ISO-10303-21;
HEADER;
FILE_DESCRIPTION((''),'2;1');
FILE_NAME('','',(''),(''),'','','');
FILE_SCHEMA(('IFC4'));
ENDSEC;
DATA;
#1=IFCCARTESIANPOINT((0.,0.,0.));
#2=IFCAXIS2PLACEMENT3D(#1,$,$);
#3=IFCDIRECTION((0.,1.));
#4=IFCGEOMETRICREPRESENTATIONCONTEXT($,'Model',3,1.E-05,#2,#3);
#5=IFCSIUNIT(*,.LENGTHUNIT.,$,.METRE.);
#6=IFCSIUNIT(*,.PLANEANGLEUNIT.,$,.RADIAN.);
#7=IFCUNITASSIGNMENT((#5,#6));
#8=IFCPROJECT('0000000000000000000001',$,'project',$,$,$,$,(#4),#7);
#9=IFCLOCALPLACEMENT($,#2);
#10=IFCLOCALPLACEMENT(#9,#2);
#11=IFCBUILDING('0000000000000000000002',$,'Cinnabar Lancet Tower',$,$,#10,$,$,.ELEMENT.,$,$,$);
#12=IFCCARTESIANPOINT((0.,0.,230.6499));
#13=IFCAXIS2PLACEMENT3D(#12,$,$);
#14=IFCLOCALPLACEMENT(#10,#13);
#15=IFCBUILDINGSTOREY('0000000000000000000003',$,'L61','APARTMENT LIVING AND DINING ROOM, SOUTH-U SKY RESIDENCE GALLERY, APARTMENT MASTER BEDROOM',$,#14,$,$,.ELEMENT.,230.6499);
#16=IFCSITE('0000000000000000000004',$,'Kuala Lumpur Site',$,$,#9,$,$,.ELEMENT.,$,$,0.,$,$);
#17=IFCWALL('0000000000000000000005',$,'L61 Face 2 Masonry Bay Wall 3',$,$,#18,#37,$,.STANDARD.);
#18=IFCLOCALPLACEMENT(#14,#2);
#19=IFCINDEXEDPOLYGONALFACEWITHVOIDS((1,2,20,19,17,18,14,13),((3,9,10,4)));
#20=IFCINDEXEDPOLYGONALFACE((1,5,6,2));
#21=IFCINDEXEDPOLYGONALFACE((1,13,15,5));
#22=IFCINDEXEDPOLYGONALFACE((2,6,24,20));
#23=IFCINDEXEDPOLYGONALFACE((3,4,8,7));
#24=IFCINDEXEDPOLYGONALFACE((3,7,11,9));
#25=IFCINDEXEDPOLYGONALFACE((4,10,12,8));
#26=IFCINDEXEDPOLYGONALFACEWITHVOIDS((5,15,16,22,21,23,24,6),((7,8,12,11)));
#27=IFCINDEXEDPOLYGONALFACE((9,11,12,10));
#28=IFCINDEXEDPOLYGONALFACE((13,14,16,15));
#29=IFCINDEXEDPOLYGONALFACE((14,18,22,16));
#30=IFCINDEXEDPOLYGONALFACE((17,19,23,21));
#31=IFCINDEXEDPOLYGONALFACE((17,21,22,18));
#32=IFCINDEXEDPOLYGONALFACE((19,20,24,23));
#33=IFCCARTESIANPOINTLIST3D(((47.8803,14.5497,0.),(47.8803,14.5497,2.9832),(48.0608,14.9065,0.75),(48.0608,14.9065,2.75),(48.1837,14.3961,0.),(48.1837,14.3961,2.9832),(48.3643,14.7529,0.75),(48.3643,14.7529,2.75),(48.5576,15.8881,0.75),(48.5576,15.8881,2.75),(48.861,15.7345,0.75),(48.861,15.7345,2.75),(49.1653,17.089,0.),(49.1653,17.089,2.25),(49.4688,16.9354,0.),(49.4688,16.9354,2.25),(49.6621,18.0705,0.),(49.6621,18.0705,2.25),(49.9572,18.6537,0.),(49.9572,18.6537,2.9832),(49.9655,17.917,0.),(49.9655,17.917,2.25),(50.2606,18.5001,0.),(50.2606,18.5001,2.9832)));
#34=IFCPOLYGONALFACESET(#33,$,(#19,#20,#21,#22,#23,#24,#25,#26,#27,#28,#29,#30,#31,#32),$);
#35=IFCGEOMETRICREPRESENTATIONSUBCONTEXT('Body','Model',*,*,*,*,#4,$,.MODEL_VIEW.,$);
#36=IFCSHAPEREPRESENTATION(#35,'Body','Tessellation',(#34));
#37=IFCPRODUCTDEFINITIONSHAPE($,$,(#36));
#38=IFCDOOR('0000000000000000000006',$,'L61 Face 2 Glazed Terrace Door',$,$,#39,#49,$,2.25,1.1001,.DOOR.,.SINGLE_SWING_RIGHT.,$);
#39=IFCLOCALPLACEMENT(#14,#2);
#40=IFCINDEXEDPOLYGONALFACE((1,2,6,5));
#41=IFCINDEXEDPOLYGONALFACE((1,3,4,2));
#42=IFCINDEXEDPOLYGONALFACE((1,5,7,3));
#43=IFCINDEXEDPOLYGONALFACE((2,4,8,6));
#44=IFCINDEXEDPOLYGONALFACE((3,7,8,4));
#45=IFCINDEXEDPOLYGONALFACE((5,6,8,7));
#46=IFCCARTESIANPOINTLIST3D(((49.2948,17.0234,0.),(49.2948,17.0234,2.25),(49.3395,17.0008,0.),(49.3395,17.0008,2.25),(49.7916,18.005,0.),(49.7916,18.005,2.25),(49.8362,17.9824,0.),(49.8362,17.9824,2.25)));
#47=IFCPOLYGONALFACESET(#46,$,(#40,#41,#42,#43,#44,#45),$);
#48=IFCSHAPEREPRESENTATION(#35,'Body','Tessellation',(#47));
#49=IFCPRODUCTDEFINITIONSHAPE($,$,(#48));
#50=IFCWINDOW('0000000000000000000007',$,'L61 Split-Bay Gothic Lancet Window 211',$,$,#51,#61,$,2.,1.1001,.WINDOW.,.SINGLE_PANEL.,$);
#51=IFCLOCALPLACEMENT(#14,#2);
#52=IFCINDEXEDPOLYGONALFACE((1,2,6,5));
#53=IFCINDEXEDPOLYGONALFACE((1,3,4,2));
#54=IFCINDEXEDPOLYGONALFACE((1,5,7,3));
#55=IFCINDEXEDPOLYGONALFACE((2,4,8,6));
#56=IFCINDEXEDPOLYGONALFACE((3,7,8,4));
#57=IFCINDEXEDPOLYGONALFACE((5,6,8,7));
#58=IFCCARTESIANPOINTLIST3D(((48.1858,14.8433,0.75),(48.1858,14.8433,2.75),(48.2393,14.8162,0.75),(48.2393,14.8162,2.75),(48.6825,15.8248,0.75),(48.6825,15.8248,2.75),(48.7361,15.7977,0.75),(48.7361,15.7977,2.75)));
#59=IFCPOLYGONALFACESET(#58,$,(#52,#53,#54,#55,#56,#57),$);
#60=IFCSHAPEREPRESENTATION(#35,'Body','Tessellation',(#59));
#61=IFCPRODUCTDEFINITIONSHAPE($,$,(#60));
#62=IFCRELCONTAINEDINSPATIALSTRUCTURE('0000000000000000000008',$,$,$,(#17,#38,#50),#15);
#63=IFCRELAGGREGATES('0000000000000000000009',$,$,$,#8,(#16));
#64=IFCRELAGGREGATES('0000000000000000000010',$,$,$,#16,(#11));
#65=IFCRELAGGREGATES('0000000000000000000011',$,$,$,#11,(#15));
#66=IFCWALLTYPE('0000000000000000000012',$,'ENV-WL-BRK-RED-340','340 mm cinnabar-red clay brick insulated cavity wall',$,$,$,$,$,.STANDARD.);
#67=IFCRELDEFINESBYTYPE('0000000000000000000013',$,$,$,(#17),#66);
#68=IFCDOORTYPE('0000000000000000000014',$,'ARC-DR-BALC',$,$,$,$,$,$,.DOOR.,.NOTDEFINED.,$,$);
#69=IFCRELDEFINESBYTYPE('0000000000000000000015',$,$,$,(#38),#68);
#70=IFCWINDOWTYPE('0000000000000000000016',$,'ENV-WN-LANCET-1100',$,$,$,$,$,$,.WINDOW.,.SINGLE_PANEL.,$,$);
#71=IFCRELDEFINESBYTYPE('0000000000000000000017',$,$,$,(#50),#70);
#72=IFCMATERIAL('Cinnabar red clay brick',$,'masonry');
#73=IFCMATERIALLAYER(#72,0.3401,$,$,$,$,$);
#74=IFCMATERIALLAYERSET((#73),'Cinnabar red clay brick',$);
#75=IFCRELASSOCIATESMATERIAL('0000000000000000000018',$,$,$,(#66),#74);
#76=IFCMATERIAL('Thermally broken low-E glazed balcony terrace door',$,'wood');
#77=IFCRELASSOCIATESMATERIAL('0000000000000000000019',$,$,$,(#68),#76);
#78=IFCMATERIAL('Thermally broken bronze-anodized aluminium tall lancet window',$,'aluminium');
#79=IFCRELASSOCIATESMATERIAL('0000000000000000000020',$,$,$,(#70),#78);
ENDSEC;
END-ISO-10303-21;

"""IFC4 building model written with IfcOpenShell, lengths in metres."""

from ifc_helpers import new_model, si_unit, direction, frame, frame_2d, origin, place, context, subcontext, project, spatial, rectangle, extrude, material, layer, layer_set, type_object, element, fill, save


model = new_model("IFC4")

# Units and contexts
model_context = context("Model", 3, precision=1e-05, world=origin(), true_north=direction((0.0, 1.0)))
body_context = subcontext(model_context, "Body", "Model", "MODEL_VIEW")
ifc_project = project(units=[si_unit("LENGTHUNIT", "METRE"), si_unit("PLANEANGLEUNIT", "RADIAN")], contexts=[model_context])

# Site, building, storey
site_placement = place(None, origin())
site = spatial("IfcSite", under=ifc_project, at=site_placement, Name="Kuala Lumpur Site", CompositionType="ELEMENT", RefElevation=0.0)
building_placement = place(site_placement, origin())
building = spatial("IfcBuilding", under=site, at=building_placement, Name="Cinnabar Lancet Tower", CompositionType="ELEMENT")
storey_placement = place(building_placement, frame((0.0, 0.0, 230.6499)))
storey = spatial("IfcBuildingStorey", under=building, at=storey_placement, Name="L61", Description="APARTMENT LIVING AND DINING ROOM, SOUTH-U SKY RESIDENCE GALLERY, APARTMENT MASTER BEDROOM", CompositionType="ELEMENT", Elevation=230.6499)

# Shared definitions
ifc_material_1 = material(Name="Cinnabar red clay brick", Category="masonry")
ifc_layer_1 = layer(ifc_material_1, 0.3401)
ifc_layer_set_1 = layer_set([ifc_layer_1], Name="Cinnabar red clay brick")
wall_type_1 = type_object("IfcWallType", Name="ENV-WL-BRK-RED-340", Description="340 mm cinnabar-red clay brick insulated cavity wall", PredefinedType="STANDARD", material=ifc_layer_set_1)

# Wall, openings, door, window
wall_1_placement = place(storey_placement, frame((48.032, 14.4729, 0.0), z_axis=(0.0, 0.0, 1.0), x_axis=(0.45154, 0.892251, 0.0)))
wall_1 = element("IfcWall", 1, at=wall_1_placement, inside=storey, type_object=wall_type_1, Name="L61 Face 2 Masonry Bay Wall 3", PredefinedType="STANDARD", context=body_context, shape_type="SweptSolid", body=[
    extrude(rectangle(XDim=4.5996, YDim=0.3401, at=frame_2d((2.2998, 0.0))), origin(), (0.0, 0.0, 1.0), 2.9832),
])
opening_1_placement = place(wall_1_placement, frame((2.8459, 0.0, 0.0)))
opening_1 = element("IfcOpeningElement", 2, at=opening_1_placement, cuts=wall_1, PredefinedType="OPENING", context=body_context, shape_type="SweptSolid", body=[
    extrude(rectangle(XDim=1.1001, YDim=2.25, at=frame_2d((0.55, 1.125))), frame((0.0, 0.1799, 0.0), z_axis=(0.0, -1.0, 0.0), x_axis=(1.0, 0.0, 0.0)), (0.0, 0.0, 1.0), 0.3601),
])
opening_2_placement = place(wall_1_placement, frame((0.3999, 0.0, 0.75)))
opening_2 = element("IfcOpeningElement", 3, at=opening_2_placement, cuts=wall_1, PredefinedType="OPENING", context=body_context, shape_type="SweptSolid", body=[
    extrude(rectangle(XDim=1.1001, YDim=2.0, at=frame_2d((0.55, 1.0))), frame((0.0, 0.1799, 0.0), z_axis=(0.0, -1.0, 0.0), x_axis=(1.0, 0.0, 0.0)), (0.0, 0.0, 1.0), 0.3601),
])
ifc_material_2 = material(Name="Thermally broken low-E glazed balcony terrace door", Category="wood")
door_type_1 = type_object("IfcDoorType", Name="ARC-DR-BALC", OperationType="NOTDEFINED", PredefinedType="DOOR", material=ifc_material_2)
door_1_placement = place(opening_1_placement, origin())
door_1 = element("IfcDoor", 4, at=door_1_placement, inside=storey, type_object=door_type_1, Name="L61 Face 2 Glazed Terrace Door", OperationType="SINGLE_SWING_RIGHT", OverallHeight=2.25, OverallWidth=1.1001, PredefinedType="DOOR", context=body_context, shape_type="SweptSolid", body=[
    extrude(rectangle(XDim=1.1001, YDim=2.25, at=frame_2d((0.55, 1.125))), frame((0.0, 0.0249, 0.0), z_axis=(0.0, -1.0, 0.0), x_axis=(1.0, 0.0, 0.0)), (0.0, 0.0, 1.0), 0.05),
])
fill(opening_1, door_1)
ifc_material_3 = material(Name="Thermally broken bronze-anodized aluminium tall lancet window", Category="aluminium")
window_type_1 = type_object("IfcWindowType", Name="ENV-WN-LANCET-1100", PartitioningType="SINGLE_PANEL", PredefinedType="WINDOW", material=ifc_material_3)
window_1_placement = place(opening_2_placement, origin())
window_1 = element("IfcWindow", 5, at=window_1_placement, inside=storey, type_object=window_type_1, Name="L61 Split-Bay Gothic Lancet Window 211", OverallHeight=2.0, OverallWidth=1.1001, PartitioningType="SINGLE_PANEL", PredefinedType="WINDOW", context=body_context, shape_type="SweptSolid", body=[
    extrude(rectangle(XDim=1.1001, YDim=2.0, at=frame_2d((0.55, 1.0))), frame((0.0, 0.03, 0.0), z_axis=(0.0, -1.0, 0.0), x_axis=(1.0, 0.0, 0.0)), (0.0, 0.0, 1.0), 0.0601),
])
fill(opening_2, window_1)

save(model, "model.ifc")
